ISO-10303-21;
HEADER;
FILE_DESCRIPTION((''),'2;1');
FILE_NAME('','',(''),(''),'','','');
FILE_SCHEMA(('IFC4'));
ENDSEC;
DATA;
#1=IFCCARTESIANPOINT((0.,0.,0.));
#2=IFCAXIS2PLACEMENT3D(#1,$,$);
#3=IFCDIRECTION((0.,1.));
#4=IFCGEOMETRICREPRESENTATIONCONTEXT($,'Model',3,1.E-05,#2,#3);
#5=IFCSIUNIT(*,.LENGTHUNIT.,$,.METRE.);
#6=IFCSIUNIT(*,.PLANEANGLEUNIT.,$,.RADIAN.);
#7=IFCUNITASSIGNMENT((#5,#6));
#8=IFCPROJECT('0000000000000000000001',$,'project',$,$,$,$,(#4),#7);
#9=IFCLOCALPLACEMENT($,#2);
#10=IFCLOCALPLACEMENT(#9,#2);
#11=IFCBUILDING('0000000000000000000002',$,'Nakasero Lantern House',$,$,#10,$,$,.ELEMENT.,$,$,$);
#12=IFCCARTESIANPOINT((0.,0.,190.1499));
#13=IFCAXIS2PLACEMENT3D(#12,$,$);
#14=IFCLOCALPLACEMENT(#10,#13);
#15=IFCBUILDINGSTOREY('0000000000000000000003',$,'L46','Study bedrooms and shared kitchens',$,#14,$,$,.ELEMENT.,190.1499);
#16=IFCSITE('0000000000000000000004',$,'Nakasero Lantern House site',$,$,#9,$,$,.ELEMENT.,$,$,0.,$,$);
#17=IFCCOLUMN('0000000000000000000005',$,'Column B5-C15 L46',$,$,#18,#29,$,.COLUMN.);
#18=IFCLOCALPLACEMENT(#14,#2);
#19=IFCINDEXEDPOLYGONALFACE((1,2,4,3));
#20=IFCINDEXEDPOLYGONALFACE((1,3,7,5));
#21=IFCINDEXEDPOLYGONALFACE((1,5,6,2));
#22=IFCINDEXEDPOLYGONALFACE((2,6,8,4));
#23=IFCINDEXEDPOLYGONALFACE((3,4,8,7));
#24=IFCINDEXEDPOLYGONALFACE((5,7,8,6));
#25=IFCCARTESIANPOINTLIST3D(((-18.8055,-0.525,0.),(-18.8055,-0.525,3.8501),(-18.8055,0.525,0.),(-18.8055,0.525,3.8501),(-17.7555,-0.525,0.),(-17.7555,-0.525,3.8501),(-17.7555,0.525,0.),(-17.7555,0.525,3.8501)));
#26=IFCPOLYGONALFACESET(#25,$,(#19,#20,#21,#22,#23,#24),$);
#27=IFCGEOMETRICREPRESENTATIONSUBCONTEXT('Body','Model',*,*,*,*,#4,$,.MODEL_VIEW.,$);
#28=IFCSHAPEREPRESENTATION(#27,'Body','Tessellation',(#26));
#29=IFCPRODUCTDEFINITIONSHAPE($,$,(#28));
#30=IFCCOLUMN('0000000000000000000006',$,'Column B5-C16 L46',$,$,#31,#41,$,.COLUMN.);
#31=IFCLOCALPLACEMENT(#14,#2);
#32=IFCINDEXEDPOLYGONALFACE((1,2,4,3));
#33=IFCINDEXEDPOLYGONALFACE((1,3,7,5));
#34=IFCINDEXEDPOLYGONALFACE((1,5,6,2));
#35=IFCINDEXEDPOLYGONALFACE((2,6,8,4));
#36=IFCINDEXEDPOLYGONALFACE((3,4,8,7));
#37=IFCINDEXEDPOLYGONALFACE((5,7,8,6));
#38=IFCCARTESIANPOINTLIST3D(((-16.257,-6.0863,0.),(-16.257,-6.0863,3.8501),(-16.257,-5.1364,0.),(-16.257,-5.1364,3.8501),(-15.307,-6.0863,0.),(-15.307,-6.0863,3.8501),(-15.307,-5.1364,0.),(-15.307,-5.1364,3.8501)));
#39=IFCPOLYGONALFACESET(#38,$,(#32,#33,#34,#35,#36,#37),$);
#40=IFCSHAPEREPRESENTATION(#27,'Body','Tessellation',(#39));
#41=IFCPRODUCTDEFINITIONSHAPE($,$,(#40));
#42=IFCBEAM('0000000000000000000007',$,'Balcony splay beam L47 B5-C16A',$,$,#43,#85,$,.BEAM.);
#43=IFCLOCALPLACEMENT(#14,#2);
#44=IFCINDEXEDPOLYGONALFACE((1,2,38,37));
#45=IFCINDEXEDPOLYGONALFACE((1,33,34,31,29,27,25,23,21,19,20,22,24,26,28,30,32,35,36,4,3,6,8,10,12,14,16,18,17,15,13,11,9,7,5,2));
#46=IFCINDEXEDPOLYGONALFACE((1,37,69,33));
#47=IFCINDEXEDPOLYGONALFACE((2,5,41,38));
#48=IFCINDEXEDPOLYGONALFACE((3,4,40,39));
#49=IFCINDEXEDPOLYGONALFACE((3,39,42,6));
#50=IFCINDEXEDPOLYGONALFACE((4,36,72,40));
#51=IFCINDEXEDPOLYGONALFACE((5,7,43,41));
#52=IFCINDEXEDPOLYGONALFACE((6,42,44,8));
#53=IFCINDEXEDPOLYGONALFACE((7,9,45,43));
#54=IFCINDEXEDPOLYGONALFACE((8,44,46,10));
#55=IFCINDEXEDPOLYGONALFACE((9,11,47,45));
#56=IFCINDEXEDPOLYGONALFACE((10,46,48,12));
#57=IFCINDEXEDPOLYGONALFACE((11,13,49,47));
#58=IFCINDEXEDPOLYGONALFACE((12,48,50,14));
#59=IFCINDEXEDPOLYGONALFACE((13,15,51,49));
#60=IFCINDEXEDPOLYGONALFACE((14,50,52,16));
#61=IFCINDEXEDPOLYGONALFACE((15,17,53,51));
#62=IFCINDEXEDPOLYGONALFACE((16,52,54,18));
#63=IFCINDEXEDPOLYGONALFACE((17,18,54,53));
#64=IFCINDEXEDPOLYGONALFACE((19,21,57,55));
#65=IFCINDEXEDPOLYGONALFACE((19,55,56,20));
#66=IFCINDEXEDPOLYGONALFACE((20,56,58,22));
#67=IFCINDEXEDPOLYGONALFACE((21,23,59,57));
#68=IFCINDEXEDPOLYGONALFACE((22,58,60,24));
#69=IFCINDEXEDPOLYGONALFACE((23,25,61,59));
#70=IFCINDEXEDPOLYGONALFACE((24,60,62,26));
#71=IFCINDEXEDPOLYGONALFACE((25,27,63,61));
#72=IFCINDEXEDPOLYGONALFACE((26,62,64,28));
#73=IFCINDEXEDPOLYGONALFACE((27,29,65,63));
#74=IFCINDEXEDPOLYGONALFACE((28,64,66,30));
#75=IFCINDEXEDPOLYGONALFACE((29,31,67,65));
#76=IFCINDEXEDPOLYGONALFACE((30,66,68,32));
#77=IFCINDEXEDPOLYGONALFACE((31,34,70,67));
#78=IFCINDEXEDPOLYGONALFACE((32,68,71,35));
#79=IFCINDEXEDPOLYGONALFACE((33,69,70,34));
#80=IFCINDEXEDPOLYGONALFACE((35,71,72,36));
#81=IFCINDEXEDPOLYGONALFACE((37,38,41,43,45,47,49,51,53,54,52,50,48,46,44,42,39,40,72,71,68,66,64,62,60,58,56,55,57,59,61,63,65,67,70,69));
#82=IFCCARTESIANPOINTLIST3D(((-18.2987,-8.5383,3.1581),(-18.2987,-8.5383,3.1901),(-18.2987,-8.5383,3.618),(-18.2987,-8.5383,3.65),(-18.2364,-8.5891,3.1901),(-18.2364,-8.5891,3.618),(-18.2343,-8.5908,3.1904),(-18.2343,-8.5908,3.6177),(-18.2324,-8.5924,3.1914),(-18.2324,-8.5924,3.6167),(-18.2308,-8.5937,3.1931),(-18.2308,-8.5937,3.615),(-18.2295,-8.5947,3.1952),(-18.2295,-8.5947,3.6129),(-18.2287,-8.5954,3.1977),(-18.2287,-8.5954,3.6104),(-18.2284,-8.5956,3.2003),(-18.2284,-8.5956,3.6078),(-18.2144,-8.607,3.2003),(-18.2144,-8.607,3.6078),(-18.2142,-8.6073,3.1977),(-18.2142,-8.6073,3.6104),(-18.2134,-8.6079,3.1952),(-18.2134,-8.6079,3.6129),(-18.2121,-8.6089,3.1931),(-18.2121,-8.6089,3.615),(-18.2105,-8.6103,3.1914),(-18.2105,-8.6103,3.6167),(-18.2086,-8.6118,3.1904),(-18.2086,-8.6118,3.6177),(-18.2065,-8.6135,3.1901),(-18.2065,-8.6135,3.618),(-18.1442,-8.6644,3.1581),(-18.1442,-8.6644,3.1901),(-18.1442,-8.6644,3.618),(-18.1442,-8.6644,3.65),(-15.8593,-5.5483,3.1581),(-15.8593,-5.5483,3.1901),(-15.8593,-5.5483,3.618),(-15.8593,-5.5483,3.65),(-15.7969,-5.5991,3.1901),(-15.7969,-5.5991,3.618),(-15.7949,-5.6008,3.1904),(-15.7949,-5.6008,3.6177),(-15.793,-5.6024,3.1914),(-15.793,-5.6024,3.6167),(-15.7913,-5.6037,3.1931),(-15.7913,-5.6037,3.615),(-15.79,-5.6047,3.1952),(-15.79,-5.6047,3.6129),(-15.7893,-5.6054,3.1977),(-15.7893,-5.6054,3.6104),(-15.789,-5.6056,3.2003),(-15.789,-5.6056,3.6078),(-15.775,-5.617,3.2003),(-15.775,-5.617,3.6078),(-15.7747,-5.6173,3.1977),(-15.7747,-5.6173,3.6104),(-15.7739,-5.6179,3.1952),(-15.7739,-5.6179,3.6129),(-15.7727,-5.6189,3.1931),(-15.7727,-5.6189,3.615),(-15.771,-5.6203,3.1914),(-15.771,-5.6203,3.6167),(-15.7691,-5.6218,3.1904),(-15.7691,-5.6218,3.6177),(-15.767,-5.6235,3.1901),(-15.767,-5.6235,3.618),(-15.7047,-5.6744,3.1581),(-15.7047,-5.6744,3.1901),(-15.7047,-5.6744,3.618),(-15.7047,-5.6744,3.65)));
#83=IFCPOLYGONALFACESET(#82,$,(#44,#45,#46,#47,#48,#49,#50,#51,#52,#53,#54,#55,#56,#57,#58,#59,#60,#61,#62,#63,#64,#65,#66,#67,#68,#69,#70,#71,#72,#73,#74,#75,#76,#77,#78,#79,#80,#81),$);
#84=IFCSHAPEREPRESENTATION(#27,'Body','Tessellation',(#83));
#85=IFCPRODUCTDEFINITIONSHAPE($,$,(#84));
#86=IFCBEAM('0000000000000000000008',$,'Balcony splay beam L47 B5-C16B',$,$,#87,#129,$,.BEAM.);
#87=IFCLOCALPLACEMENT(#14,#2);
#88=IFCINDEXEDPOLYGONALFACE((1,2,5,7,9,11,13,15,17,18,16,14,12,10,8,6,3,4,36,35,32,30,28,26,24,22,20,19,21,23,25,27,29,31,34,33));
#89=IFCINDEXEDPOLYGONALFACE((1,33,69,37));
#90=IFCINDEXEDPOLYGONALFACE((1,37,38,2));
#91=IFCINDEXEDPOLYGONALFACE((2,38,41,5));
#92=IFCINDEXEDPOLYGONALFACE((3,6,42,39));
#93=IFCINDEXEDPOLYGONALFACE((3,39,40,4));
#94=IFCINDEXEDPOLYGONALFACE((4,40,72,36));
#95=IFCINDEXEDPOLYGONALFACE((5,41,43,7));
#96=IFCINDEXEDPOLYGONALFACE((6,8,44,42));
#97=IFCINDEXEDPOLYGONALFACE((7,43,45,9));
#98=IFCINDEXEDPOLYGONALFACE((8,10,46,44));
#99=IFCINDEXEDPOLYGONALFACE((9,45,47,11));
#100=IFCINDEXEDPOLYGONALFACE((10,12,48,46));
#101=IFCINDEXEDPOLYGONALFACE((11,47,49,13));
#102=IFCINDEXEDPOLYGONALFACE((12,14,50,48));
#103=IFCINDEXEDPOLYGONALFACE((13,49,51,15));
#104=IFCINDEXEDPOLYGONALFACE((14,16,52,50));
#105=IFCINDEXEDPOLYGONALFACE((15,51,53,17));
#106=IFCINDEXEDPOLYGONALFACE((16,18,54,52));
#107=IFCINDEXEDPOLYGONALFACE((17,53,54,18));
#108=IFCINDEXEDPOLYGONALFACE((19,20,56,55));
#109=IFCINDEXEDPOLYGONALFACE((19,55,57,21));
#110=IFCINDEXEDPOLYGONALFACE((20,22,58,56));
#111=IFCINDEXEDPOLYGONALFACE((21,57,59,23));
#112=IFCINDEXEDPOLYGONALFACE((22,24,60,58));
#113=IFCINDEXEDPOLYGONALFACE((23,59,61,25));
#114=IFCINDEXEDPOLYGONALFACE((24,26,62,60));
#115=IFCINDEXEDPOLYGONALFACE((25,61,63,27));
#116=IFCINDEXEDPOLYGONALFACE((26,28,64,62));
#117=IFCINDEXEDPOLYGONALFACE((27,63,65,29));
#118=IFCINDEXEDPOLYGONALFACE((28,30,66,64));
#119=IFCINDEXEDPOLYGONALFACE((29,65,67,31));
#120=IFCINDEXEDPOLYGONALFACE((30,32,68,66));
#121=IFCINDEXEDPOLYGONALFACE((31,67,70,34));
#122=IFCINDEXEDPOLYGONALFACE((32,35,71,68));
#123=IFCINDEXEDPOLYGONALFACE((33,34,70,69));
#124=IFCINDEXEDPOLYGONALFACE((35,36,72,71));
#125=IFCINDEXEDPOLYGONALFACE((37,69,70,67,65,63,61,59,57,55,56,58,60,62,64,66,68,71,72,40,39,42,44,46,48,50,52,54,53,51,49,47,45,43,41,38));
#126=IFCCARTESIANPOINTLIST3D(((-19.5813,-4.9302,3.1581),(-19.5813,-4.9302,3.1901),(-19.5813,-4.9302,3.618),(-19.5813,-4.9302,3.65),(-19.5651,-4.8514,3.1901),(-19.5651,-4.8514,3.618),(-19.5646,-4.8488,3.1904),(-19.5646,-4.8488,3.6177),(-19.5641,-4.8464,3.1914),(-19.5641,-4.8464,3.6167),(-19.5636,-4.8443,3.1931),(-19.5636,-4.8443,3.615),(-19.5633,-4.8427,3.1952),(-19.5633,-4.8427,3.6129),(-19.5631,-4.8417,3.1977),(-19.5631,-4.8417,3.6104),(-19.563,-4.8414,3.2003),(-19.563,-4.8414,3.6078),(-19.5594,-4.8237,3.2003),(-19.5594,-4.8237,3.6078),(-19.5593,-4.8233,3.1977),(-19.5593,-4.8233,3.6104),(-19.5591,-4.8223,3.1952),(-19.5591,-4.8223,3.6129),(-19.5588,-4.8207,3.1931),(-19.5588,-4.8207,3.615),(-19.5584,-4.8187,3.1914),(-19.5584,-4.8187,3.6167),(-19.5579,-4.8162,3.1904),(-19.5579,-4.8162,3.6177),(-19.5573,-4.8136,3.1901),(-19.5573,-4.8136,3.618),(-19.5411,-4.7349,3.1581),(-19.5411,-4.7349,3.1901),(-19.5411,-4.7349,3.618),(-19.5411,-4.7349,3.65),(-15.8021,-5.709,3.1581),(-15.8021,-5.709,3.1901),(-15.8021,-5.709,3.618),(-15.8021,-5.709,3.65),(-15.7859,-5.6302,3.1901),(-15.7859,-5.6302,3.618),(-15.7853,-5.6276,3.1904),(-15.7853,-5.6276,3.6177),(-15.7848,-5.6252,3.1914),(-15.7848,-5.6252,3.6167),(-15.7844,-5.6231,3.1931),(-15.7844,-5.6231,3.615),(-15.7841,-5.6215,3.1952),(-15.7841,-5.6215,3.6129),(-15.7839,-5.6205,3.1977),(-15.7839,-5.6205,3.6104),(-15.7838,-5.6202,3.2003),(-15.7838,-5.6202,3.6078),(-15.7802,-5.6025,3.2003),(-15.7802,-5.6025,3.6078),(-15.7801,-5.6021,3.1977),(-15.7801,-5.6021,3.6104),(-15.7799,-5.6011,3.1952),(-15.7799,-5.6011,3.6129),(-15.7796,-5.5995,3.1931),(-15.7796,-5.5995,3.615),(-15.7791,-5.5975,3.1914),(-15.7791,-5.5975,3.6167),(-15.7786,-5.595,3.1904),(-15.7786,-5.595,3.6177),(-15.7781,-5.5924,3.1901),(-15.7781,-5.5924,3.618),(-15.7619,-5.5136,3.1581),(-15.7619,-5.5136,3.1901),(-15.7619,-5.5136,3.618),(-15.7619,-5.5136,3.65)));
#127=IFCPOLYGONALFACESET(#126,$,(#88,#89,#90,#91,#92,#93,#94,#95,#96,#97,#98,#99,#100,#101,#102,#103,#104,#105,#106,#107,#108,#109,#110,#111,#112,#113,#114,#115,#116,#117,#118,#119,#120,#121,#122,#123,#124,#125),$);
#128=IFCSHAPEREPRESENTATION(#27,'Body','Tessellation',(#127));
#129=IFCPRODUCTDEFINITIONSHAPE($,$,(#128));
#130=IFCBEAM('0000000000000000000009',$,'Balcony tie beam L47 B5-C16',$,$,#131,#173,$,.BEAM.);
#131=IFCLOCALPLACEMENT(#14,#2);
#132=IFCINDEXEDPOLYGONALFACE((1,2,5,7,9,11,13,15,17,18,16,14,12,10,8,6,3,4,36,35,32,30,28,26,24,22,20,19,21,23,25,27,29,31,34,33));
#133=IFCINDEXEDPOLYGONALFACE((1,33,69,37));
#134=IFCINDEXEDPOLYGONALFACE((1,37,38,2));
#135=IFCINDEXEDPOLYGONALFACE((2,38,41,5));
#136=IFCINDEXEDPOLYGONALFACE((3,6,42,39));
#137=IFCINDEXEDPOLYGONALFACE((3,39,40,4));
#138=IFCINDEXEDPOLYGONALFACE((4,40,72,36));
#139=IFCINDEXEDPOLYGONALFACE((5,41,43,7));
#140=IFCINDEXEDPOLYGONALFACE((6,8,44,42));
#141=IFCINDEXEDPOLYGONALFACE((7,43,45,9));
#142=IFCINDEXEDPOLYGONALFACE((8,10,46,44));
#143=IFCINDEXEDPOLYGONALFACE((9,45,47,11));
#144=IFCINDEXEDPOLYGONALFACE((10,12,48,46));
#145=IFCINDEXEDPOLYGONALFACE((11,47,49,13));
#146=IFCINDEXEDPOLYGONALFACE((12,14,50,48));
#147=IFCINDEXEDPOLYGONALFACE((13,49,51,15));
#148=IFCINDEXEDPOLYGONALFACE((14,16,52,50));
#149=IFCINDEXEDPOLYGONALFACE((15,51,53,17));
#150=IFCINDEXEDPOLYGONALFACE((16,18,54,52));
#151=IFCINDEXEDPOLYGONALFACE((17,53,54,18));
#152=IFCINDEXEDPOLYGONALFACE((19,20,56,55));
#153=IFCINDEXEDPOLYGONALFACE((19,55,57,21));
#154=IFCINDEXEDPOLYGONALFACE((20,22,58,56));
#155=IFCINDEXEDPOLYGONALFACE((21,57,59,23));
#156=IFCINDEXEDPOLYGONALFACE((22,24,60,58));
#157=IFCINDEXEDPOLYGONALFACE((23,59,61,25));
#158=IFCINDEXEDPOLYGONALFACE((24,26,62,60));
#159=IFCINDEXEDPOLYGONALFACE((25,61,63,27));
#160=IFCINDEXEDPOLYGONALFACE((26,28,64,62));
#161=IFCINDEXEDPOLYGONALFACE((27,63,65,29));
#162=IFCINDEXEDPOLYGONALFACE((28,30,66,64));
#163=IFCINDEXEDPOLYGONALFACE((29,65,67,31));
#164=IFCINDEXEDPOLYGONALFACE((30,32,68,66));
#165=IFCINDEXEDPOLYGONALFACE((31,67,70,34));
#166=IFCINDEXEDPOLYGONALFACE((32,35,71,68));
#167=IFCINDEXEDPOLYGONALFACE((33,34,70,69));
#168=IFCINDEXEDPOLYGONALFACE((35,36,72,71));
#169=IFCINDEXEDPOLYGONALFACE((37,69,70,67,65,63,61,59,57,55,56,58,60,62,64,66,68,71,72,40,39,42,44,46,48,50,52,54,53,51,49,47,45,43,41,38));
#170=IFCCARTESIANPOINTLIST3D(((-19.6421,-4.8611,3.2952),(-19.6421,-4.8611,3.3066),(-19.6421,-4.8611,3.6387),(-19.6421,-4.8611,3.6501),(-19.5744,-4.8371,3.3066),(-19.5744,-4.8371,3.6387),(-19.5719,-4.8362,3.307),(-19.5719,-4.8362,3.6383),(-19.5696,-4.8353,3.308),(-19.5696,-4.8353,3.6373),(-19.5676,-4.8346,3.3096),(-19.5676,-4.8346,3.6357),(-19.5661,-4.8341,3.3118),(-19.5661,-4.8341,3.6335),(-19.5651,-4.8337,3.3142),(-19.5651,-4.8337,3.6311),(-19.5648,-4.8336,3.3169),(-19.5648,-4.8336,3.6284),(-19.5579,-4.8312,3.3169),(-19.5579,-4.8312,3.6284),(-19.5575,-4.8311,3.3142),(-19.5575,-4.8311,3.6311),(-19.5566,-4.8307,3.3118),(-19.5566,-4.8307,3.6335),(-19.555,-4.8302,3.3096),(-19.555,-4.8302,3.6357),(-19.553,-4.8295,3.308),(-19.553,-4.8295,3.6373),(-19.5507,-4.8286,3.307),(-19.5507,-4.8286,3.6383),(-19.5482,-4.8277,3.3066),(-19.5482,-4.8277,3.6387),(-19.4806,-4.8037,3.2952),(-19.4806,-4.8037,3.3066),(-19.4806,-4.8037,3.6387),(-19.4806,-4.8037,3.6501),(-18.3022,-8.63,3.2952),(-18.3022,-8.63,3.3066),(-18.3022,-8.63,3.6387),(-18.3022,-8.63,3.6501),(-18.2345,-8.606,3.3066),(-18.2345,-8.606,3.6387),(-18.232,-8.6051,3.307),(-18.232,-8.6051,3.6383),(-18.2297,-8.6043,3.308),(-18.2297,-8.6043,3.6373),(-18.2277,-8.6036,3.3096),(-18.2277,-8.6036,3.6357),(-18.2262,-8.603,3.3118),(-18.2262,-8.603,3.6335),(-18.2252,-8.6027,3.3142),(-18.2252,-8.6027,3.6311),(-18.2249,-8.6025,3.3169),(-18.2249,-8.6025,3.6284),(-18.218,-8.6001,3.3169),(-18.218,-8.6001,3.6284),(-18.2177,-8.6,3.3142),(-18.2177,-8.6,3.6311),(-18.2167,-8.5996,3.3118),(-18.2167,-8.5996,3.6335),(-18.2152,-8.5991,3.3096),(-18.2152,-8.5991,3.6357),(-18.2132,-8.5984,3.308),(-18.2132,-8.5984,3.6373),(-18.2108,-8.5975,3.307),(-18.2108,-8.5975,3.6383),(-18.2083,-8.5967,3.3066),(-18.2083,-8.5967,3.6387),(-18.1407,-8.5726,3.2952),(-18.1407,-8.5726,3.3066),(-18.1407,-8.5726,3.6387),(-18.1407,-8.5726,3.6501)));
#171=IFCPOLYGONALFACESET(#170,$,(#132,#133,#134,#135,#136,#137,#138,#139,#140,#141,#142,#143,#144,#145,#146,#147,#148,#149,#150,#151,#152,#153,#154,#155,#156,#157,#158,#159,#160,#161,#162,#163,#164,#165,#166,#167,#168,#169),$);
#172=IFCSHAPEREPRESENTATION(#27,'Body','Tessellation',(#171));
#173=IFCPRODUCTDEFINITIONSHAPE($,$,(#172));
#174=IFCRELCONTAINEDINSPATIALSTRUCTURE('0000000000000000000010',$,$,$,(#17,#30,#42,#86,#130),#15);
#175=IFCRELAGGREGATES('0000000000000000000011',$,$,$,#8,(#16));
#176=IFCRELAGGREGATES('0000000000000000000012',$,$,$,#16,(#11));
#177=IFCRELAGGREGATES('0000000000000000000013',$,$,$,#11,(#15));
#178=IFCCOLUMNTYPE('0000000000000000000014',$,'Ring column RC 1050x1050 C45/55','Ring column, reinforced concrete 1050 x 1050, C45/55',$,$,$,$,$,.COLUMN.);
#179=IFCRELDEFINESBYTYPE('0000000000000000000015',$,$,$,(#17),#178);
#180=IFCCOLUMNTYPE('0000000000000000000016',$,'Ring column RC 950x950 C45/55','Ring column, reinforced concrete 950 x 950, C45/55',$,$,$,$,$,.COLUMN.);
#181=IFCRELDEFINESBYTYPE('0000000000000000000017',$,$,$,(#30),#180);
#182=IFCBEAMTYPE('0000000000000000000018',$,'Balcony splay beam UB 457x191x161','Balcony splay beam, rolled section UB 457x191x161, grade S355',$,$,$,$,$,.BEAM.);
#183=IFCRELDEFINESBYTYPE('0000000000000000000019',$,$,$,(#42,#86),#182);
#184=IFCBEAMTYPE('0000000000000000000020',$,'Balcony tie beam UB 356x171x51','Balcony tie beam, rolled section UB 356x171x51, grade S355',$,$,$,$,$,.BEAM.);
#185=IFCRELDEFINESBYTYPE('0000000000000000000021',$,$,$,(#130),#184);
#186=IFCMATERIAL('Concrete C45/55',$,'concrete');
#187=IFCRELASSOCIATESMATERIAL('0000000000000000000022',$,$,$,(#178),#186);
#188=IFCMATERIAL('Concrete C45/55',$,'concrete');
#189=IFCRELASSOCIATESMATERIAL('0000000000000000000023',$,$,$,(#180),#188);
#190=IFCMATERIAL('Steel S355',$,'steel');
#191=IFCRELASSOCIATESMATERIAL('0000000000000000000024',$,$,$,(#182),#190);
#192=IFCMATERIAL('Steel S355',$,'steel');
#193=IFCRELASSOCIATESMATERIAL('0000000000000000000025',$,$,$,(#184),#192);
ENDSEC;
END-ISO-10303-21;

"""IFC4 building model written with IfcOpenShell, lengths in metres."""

from ifc_helpers import new_model, si_unit, direction, frame, origin, origin_2d, place, context, subcontext, project, spatial, rectangle, i_section, extrude, material, material_profile, profile_set, type_object, element, save


model = new_model("IFC4")

# Units and contexts
model_context = context("Model", 3, precision=1e-05, world=origin(), true_north=direction((0.0, 1.0)))
body_context = subcontext(model_context, "Body", "Model", "MODEL_VIEW")
ifc_project = project(units=[si_unit("LENGTHUNIT", "METRE"), si_unit("PLANEANGLEUNIT", "RADIAN")], contexts=[model_context])

# Site, building, storey
site_placement = place(None, origin())
site = spatial("IfcSite", under=ifc_project, at=site_placement, Name="Nakasero Lantern House site", CompositionType="ELEMENT", RefElevation=0.0)
building_placement = place(site_placement, origin())
building = spatial("IfcBuilding", under=site, at=building_placement, Name="Nakasero Lantern House", CompositionType="ELEMENT")
storey_placement = place(building_placement, frame((0.0, 0.0, 190.1499)))
storey = spatial("IfcBuildingStorey", under=building, at=storey_placement, Name="L46", Description="Study bedrooms and shared kitchens", CompositionType="ELEMENT", Elevation=190.1499)

# Columns
ifc_material_1 = material(Name="Concrete C45/55", Category="concrete")
ifc_material_profile_1 = material_profile(ifc_material_1, rectangle(XDim=1.05, YDim=1.05, at=origin_2d()), Name="RC 1050x1050")
ifc_profile_set_1 = profile_set([ifc_material_profile_1], Name="Concrete C45/55")
column_type_1 = type_object("IfcColumnType", Name="Ring column RC 1050x1050 C45/55", Description="Ring column, reinforced concrete 1050 x 1050, C45/55", PredefinedType="COLUMN", material=ifc_profile_set_1)
column_1_placement = place(storey_placement, frame((-18.2805, 0.0, 0.0), z_axis=(0.0, 0.0, 1.0), x_axis=(1.0, 0.0, 0.0)))
element("IfcColumn", 1, at=column_1_placement, inside=storey, type_object=column_type_1, Name="Column B5-C15 L46", PredefinedType="COLUMN", context=body_context, shape_type="SweptSolid", body=[
    extrude(rectangle(XDim=1.05, YDim=1.05, at=origin_2d()), origin(), (0.0, 0.0, 1.0), 3.8501),
])
ifc_material_2 = material(Name="Concrete C45/55", Category="concrete")
ifc_material_profile_2 = material_profile(ifc_material_2, rectangle(XDim=0.95, YDim=0.95, at=origin_2d()), Name="RC 950x950")
ifc_profile_set_2 = profile_set([ifc_material_profile_2], Name="Concrete C45/55")
column_type_2 = type_object("IfcColumnType", Name="Ring column RC 950x950 C45/55", Description="Ring column, reinforced concrete 950 x 950, C45/55", PredefinedType="COLUMN", material=ifc_profile_set_2)
column_2_placement = place(storey_placement, frame((-15.782, -5.6113, 0.0), z_axis=(0.0, 0.0, 1.0), x_axis=(1.0, 0.0, 0.0)))
element("IfcColumn", 2, at=column_2_placement, inside=storey, type_object=column_type_2, Name="Column B5-C16 L46", PredefinedType="COLUMN", context=body_context, shape_type="SweptSolid", body=[
    extrude(rectangle(XDim=0.95, YDim=0.95, at=origin_2d()), origin(), (0.0, 0.0, 1.0), 3.8501),
])

# Beams
ifc_material_3 = material(Name="Steel S355", Category="steel")
ifc_material_profile_3 = material_profile(ifc_material_3, i_section(OverallWidth=0.1995, OverallDepth=0.4919, WebThickness=0.0181, FlangeThickness=0.032, FilletRadius=0.0103, at=origin_2d()), Name="UB 457x191x161")
ifc_profile_set_3 = profile_set([ifc_material_profile_3], Name="Steel S355")
beam_type_1 = type_object("IfcBeamType", Name="Balcony splay beam UB 457x191x161", Description="Balcony splay beam, rolled section UB 457x191x161, grade S355", PredefinedType="BEAM", material=ifc_profile_set_3)
beam_1_placement = place(storey_placement, frame((-15.782, -5.6113, 3.4041), z_axis=(-0.632166, -0.774833, 0.0), x_axis=(0.774833, -0.632166, 0.0)))
element("IfcBeam", 3, at=beam_1_placement, inside=storey, type_object=beam_type_1, Name="Balcony splay beam L47 B5-C16A", PredefinedType="BEAM", context=body_context, shape_type="SweptSolid", body=[
    extrude(i_section(OverallWidth=0.1995, OverallDepth=0.4919, WebThickness=0.0181, FlangeThickness=0.032, FilletRadius=0.0103, at=origin_2d()), origin(), (0.0, 0.0, 1.0), 3.8589),
])
beam_2_placement = place(storey_placement, frame((-15.782, -5.6113, 3.4041), z_axis=(-0.97942, 0.201831, 0.0), x_axis=(-0.201831, -0.97942, 0.0)))
element("IfcBeam", 4, at=beam_2_placement, inside=storey, type_object=beam_type_1, Name="Balcony splay beam L47 B5-C16B", PredefinedType="BEAM", context=body_context, shape_type="SweptSolid", body=[
    extrude(i_section(OverallWidth=0.1995, OverallDepth=0.4919, WebThickness=0.0181, FlangeThickness=0.032, FilletRadius=0.0103, at=origin_2d()), origin(), (0.0, 0.0, 1.0), 3.8586),
])
ifc_material_4 = material(Name="Steel S355", Category="steel")
ifc_material_profile_4 = material_profile(ifc_material_4, i_section(OverallWidth=0.1714, OverallDepth=0.355, WebThickness=0.0073, FlangeThickness=0.0115, FilletRadius=0.0103, at=origin_2d()), Name="UB 356x171x51")
ifc_profile_set_4 = profile_set([ifc_material_profile_4], Name="Steel S355")
beam_type_2 = type_object("IfcBeamType", Name="Balcony tie beam UB 356x171x51", Description="Balcony tie beam, rolled section UB 356x171x51, grade S355", PredefinedType="BEAM", material=ifc_profile_set_4)
beam_3_placement = place(storey_placement, frame((-18.2214, -8.6013, 3.4727), z_axis=(-0.334971, 0.942228, 0.0), x_axis=(-0.942228, -0.334971, 0.0)))
element("IfcBeam", 5, at=beam_3_placement, inside=storey, type_object=beam_type_2, Name="Balcony tie beam L47 B5-C16", PredefinedType="BEAM", context=body_context, shape_type="SweptSolid", body=[
    extrude(i_section(OverallWidth=0.1714, OverallDepth=0.355, WebThickness=0.0073, FlangeThickness=0.0115, FilletRadius=0.0103, at=origin_2d()), origin(), (0.0, 0.0, 1.0), 4.0),
])

save(model, "model.ifc")
